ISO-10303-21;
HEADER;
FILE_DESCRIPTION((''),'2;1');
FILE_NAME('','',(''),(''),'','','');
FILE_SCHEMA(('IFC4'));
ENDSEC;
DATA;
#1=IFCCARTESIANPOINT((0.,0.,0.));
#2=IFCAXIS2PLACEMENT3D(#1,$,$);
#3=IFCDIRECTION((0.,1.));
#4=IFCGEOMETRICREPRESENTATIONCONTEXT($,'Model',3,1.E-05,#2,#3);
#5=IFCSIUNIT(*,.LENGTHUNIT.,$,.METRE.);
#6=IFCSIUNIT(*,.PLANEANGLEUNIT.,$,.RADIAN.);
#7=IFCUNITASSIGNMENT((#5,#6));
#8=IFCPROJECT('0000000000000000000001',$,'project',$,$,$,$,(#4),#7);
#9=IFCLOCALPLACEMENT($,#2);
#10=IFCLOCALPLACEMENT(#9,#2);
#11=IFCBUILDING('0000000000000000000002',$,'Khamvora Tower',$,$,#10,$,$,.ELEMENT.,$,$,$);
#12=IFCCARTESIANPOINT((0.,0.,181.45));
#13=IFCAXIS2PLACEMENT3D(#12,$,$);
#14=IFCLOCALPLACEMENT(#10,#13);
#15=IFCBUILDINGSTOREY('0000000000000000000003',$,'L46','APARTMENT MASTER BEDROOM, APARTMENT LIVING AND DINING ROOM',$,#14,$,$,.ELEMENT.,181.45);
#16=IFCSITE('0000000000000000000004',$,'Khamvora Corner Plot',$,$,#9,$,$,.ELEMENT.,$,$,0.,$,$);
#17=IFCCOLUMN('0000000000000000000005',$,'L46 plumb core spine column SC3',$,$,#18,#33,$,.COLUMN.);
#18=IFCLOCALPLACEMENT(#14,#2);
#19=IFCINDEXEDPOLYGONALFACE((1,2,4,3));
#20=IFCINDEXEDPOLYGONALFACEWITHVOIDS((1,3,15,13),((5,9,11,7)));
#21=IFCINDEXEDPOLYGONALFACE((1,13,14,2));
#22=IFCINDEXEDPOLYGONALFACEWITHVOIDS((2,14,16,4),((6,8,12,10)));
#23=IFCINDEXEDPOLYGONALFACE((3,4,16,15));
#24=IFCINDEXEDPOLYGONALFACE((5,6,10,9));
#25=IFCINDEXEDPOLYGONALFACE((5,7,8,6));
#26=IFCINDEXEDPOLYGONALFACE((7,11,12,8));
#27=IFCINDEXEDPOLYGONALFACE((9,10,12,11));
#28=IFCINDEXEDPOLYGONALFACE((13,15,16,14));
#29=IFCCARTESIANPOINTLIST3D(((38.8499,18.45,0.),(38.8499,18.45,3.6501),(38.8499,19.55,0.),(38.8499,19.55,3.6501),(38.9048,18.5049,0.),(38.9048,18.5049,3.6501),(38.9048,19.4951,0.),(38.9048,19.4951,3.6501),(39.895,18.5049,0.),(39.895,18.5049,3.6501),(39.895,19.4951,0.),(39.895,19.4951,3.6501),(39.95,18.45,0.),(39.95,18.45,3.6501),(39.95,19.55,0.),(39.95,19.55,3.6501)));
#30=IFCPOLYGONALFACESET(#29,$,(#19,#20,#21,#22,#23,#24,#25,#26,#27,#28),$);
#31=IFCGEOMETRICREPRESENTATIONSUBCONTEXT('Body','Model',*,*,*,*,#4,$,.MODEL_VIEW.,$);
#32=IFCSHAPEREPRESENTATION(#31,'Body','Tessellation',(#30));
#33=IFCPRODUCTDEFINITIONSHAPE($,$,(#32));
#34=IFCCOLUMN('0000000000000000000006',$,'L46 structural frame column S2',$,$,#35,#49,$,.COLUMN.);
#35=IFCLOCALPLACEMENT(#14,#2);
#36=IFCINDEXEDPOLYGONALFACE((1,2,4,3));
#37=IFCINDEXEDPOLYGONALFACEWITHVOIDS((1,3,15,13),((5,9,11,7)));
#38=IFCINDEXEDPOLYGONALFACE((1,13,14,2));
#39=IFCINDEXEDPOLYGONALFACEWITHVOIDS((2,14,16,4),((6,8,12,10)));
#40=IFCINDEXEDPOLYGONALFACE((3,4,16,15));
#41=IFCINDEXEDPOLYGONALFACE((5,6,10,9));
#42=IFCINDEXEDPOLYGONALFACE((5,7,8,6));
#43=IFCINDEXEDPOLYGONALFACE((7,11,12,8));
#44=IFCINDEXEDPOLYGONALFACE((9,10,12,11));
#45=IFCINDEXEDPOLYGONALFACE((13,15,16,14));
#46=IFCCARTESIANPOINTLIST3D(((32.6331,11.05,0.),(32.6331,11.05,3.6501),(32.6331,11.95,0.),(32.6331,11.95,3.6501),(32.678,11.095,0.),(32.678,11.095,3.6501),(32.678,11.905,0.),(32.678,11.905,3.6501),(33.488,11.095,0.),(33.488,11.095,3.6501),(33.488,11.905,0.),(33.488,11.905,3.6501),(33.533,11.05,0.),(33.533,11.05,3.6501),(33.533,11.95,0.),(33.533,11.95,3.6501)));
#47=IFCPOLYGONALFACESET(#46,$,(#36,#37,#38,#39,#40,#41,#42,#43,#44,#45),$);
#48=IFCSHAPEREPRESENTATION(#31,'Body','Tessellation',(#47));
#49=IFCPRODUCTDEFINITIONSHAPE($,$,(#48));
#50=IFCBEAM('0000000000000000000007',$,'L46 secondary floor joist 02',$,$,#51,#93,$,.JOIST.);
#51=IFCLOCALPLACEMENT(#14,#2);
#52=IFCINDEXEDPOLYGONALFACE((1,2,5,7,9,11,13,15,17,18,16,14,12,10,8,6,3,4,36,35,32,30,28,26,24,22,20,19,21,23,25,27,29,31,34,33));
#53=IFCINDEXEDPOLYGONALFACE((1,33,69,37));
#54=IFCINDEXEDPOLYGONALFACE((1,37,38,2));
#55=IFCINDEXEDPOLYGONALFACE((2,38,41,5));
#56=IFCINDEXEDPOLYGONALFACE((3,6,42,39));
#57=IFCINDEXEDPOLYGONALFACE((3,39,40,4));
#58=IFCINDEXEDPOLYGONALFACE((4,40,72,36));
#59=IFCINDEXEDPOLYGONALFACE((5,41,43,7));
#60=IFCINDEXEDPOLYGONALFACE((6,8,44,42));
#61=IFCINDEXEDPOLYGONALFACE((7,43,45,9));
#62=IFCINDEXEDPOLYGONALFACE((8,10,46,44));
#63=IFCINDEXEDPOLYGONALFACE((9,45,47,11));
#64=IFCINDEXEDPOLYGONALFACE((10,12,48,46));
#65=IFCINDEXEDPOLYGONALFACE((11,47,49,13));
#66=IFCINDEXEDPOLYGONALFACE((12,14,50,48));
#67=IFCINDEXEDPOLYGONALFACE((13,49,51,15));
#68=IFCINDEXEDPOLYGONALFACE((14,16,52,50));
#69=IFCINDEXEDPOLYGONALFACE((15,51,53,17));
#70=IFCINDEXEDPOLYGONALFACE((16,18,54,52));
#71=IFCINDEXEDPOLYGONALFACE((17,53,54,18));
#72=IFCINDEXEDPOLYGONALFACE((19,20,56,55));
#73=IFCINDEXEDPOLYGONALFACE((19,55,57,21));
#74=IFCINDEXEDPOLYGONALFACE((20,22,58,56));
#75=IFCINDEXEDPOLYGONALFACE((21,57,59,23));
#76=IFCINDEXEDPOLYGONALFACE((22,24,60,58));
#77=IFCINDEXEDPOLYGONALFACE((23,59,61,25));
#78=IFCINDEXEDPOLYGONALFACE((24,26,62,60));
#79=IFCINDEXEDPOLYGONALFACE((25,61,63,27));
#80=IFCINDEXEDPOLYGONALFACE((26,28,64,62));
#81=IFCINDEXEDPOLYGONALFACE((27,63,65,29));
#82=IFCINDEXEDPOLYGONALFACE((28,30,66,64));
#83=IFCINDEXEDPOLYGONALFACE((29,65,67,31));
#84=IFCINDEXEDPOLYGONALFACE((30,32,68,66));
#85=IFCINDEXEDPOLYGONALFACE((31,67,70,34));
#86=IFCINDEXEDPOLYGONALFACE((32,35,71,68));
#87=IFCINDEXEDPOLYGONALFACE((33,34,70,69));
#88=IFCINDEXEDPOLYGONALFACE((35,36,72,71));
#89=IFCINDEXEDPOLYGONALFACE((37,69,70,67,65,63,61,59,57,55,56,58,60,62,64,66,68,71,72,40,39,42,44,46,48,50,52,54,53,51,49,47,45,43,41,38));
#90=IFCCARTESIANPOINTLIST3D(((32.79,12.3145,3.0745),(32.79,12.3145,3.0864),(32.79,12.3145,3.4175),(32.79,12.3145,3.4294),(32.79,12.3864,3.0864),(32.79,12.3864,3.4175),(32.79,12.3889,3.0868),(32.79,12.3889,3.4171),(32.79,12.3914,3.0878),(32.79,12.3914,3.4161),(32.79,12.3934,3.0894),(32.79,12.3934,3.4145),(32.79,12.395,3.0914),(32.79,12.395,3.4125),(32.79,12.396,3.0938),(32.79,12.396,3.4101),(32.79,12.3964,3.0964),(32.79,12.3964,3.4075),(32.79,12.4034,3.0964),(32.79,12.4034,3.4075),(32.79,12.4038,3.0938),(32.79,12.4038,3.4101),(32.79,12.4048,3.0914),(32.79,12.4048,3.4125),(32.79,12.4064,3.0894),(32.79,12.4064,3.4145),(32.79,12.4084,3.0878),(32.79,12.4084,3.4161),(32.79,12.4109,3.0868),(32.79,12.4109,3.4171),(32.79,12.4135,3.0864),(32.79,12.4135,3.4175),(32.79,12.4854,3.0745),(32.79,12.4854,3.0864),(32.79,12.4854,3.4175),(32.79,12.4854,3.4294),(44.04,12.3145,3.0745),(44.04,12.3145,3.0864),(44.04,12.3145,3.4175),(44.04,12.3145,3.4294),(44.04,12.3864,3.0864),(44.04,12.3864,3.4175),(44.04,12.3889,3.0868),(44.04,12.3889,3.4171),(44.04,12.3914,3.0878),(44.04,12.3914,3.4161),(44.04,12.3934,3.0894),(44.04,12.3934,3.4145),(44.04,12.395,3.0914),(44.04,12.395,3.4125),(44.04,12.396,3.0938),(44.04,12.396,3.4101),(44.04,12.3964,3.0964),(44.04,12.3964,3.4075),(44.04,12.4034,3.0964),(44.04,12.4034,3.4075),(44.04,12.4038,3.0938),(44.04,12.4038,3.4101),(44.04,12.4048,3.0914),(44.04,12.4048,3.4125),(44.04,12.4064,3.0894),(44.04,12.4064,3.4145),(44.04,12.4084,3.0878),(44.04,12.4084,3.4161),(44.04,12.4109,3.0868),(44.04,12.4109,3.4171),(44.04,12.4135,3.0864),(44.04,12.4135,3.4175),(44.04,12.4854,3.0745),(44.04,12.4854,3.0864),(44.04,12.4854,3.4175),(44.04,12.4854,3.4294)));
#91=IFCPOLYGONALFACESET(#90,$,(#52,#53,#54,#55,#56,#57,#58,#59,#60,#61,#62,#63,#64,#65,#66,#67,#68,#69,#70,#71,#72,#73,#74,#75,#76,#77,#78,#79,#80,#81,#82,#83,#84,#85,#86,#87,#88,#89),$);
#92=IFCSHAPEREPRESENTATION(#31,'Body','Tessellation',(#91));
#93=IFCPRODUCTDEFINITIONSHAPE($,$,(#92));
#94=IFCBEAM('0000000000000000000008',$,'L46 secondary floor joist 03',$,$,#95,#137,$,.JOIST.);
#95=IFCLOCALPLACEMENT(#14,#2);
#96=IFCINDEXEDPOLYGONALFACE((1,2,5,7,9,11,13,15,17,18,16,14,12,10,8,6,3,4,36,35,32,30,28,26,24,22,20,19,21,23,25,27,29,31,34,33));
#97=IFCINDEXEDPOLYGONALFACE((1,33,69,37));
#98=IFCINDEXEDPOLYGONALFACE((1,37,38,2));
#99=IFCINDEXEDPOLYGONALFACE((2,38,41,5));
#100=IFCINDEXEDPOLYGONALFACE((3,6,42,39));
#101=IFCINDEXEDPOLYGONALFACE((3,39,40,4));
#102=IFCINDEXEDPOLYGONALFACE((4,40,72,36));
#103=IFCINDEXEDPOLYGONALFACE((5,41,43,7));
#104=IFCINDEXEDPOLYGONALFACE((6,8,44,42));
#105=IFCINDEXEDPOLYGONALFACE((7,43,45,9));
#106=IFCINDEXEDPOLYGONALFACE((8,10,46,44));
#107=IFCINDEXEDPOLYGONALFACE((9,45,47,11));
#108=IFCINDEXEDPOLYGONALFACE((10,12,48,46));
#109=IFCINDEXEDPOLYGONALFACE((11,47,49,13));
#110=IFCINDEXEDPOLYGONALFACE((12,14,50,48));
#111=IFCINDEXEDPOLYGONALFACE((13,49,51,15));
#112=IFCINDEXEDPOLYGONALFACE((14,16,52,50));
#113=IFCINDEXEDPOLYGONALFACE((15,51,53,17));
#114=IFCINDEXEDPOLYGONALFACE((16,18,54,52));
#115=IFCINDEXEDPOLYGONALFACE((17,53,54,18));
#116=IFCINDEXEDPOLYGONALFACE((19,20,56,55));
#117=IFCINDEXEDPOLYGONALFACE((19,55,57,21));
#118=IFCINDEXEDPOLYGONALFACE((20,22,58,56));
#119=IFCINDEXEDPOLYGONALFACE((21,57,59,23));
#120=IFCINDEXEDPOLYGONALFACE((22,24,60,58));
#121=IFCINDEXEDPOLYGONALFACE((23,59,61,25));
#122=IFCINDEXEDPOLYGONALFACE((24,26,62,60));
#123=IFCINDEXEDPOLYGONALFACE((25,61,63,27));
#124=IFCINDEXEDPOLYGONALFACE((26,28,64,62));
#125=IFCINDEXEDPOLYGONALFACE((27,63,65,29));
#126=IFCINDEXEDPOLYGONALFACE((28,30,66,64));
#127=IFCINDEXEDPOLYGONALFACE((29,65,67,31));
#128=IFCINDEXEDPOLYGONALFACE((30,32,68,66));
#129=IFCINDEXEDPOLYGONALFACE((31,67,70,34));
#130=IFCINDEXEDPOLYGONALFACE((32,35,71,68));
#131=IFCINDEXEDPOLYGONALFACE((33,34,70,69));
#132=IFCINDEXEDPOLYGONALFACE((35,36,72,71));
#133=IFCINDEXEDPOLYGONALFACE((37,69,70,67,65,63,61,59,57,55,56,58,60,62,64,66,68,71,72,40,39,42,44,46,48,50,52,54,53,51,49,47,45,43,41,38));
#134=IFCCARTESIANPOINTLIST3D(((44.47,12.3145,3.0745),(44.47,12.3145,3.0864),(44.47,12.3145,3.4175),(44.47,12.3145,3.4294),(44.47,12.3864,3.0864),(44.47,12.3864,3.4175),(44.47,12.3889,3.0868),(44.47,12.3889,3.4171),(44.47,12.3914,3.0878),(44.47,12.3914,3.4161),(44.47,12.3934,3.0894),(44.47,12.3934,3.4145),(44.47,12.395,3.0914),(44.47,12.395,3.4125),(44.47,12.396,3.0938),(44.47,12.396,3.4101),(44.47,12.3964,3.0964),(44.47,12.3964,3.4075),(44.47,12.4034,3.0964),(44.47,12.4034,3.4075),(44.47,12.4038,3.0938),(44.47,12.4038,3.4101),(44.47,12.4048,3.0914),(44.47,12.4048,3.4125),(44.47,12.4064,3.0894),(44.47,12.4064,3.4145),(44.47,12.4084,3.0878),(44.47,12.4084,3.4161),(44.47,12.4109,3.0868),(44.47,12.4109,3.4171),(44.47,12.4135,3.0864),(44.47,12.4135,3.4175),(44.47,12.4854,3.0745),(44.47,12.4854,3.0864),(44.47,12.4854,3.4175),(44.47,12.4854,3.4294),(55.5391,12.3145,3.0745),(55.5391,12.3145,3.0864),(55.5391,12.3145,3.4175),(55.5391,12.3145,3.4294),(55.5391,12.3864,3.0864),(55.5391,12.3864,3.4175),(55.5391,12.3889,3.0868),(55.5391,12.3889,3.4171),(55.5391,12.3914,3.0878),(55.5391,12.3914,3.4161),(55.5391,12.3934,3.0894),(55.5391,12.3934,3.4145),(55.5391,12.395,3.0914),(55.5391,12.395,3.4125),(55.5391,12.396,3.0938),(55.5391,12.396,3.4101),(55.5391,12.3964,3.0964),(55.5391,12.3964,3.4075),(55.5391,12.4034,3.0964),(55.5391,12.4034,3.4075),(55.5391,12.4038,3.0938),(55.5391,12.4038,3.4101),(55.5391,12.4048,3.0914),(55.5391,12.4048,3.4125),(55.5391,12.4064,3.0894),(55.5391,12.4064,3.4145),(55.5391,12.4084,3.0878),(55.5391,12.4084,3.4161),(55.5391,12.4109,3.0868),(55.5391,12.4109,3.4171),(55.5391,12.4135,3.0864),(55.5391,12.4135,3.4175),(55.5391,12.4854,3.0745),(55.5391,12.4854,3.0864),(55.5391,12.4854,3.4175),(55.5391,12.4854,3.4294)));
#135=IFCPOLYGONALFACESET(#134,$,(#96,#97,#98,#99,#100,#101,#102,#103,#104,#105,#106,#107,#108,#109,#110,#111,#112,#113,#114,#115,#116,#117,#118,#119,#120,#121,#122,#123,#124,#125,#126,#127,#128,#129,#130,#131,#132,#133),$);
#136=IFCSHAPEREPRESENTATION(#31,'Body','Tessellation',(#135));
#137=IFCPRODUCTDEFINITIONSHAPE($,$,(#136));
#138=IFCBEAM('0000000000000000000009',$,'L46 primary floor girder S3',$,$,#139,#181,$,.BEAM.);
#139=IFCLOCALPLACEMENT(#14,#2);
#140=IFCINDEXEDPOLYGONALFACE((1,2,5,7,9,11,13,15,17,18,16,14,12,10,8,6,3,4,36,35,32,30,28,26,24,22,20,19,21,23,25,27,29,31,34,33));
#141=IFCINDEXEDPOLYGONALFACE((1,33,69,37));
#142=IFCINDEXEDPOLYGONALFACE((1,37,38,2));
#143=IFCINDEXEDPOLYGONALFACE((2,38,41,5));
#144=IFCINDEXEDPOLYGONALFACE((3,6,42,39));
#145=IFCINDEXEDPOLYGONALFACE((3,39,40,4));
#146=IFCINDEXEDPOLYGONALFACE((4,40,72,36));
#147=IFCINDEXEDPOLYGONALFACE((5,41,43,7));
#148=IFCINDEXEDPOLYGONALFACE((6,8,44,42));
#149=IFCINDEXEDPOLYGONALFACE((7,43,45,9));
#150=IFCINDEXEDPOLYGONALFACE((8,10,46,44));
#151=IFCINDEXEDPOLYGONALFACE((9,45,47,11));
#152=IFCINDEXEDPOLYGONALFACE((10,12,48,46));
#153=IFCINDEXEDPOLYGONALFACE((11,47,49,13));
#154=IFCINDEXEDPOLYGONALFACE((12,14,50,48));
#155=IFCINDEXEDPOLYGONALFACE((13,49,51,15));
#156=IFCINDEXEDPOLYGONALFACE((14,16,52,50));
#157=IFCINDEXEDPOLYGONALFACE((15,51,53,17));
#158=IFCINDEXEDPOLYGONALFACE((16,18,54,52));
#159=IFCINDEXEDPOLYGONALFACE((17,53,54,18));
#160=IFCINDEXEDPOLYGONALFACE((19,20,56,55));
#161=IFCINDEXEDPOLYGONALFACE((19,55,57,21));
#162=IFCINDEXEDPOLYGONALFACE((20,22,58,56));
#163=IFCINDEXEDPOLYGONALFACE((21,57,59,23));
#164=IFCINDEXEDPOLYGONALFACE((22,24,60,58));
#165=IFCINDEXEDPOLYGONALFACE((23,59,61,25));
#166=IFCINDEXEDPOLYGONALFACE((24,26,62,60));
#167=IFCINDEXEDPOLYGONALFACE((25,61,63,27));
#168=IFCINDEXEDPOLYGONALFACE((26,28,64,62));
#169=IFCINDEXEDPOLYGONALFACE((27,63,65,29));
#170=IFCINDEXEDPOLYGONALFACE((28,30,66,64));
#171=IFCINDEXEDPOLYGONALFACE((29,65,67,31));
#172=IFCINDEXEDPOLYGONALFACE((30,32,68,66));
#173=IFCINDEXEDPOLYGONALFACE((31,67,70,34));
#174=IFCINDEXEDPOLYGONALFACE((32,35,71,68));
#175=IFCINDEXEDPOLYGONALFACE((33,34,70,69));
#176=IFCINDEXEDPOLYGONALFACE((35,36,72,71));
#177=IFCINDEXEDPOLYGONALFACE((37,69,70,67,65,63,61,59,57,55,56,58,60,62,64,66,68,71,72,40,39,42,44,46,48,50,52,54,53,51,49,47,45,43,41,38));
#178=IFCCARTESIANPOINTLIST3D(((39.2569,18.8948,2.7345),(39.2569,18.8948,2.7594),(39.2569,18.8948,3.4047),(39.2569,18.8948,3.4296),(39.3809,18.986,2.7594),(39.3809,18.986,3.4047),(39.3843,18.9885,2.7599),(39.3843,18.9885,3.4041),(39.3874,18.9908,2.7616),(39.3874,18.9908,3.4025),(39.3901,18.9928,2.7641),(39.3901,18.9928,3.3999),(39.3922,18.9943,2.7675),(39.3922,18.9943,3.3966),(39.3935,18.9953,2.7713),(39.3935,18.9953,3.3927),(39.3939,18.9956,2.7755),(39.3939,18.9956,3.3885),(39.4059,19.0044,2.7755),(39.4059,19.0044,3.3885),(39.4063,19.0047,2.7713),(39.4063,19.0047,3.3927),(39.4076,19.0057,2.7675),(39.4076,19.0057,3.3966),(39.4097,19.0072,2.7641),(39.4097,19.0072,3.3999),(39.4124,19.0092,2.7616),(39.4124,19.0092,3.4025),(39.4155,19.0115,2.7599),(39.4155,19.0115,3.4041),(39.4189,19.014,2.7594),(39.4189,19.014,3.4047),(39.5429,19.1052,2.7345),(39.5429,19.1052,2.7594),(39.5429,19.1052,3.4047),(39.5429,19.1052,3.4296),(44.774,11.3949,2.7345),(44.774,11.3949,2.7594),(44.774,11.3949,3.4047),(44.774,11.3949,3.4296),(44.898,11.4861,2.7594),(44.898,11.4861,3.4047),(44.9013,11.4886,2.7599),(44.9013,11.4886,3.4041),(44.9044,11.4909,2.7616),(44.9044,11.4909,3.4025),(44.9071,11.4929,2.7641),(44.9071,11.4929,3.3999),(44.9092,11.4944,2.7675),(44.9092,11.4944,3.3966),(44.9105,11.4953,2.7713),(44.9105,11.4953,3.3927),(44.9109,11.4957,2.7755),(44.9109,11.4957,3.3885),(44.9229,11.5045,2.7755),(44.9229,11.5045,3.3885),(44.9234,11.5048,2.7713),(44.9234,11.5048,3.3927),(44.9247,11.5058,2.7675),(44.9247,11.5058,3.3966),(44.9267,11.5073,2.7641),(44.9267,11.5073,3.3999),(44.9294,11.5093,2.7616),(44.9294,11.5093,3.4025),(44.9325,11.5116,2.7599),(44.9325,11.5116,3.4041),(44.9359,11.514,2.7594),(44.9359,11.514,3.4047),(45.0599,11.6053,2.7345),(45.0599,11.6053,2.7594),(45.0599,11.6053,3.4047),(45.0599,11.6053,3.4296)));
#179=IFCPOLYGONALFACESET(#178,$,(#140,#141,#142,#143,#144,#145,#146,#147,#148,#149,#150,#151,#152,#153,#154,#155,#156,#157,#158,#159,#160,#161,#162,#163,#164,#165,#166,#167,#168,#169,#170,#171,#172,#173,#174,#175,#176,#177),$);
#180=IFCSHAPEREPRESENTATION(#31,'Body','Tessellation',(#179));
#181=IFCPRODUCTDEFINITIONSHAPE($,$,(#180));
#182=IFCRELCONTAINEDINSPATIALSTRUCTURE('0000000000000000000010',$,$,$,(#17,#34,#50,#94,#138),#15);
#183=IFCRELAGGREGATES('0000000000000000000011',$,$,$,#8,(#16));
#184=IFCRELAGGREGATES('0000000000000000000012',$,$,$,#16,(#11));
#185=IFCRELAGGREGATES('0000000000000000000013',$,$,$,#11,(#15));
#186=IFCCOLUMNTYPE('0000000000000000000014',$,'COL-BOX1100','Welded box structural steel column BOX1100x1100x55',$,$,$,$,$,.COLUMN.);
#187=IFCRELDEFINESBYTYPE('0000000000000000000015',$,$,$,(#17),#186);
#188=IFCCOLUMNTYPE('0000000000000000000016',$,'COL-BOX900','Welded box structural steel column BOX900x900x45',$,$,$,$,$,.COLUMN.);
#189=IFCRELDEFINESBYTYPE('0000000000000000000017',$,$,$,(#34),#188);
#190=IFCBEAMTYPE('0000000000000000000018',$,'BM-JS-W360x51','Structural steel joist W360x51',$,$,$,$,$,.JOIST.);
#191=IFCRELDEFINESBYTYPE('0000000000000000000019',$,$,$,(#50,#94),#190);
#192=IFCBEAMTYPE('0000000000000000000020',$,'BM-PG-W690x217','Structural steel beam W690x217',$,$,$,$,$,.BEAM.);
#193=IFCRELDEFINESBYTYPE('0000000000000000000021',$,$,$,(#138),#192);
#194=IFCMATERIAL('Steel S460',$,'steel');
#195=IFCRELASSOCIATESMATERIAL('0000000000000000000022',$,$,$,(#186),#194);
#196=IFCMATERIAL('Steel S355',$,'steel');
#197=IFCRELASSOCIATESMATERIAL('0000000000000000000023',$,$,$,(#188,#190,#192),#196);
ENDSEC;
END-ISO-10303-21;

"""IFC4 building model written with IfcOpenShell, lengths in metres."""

from ifc_helpers import new_model, si_unit, direction, frame, origin, origin_2d, place, context, subcontext, project, spatial, hollow_rectangle, i_section, extrude, material, material_profile, profile_set, type_object, element, save


model = new_model("IFC4")

# Units and contexts
model_context = context("Model", 3, precision=1e-05, world=origin(), true_north=direction((0.0, 1.0)))
body_context = subcontext(model_context, "Body", "Model", "MODEL_VIEW")
ifc_project = project(units=[si_unit("LENGTHUNIT", "METRE"), si_unit("PLANEANGLEUNIT", "RADIAN")], contexts=[model_context])

# Site, building, storey
site_placement = place(None, origin())
site = spatial("IfcSite", under=ifc_project, at=site_placement, Name="Khamvora Corner Plot", CompositionType="ELEMENT", RefElevation=0.0)
building_placement = place(site_placement, origin())
building = spatial("IfcBuilding", under=site, at=building_placement, Name="Khamvora Tower", CompositionType="ELEMENT")
storey_placement = place(building_placement, frame((0.0, 0.0, 181.45)))
storey = spatial("IfcBuildingStorey", under=building, at=storey_placement, Name="L46", Description="APARTMENT MASTER BEDROOM, APARTMENT LIVING AND DINING ROOM", CompositionType="ELEMENT", Elevation=181.45)

# Columns
ifc_material_1 = material(Name="Steel S460", Category="steel")
ifc_material_profile_1 = material_profile(ifc_material_1, hollow_rectangle(XDim=1.1001, YDim=1.1001, WallThickness=0.0549, at=origin_2d()), Name="BOX1100x1100x55")
ifc_profile_set_1 = profile_set([ifc_material_profile_1], Name="Steel S460")
column_type_1 = type_object("IfcColumnType", Name="COL-BOX1100", Description="Welded box structural steel column BOX1100x1100x55", PredefinedType="COLUMN", material=ifc_profile_set_1)
column_1_placement = place(storey_placement, frame((39.3999, 19.0, 0.0), z_axis=(0.0, 0.0, 1.0), x_axis=(1.0, 0.0, 0.0)))
element("IfcColumn", 1, at=column_1_placement, inside=storey, type_object=column_type_1, Name="L46 plumb core spine column SC3", PredefinedType="COLUMN", context=body_context, shape_type="SweptSolid", body=[
    extrude(hollow_rectangle(XDim=1.1001, YDim=1.1001, WallThickness=0.0549, at=origin_2d()), origin(), (0.0, 0.0, 1.0), 3.6501),
])
ifc_material_2 = material(Name="Steel S355", Category="steel")
ifc_material_profile_2 = material_profile(ifc_material_2, hollow_rectangle(XDim=0.8999, YDim=0.8999, WallThickness=0.0449, at=origin_2d()), Name="BOX900x900x45")
ifc_profile_set_2 = profile_set([ifc_material_profile_2], Name="Steel S355")
column_type_2 = type_object("IfcColumnType", Name="COL-BOX900", Description="Welded box structural steel column BOX900x900x45", PredefinedType="COLUMN", material=ifc_profile_set_2)
column_2_placement = place(storey_placement, frame((33.083, 11.5, 0.0), z_axis=(0.0, 0.0, 1.0), x_axis=(1.0, 0.0, 0.0)))
element("IfcColumn", 2, at=column_2_placement, inside=storey, type_object=column_type_2, Name="L46 structural frame column S2", PredefinedType="COLUMN", context=body_context, shape_type="SweptSolid", body=[
    extrude(hollow_rectangle(XDim=0.8999, YDim=0.8999, WallThickness=0.0449, at=origin_2d()), origin(), (0.0, 0.0, 1.0), 3.6501),
])

# Beams
ifc_material_profile_3 = material_profile(ifc_material_2, i_section(OverallWidth=0.1709, OverallDepth=0.355, WebThickness=0.0071, FlangeThickness=0.012, FilletRadius=0.01, at=origin_2d()), Name="W360x51")
ifc_profile_set_3 = profile_set([ifc_material_profile_3], Name="Steel S355")
beam_type_1 = type_object("IfcBeamType", Name="BM-JS-W360x51", Description="Structural steel joist W360x51", PredefinedType="JOIST", material=ifc_profile_set_3)
beam_1_placement = place(storey_placement, frame((32.79, 12.3999, 3.252), z_axis=(1.0, 0.0, 0.0), x_axis=(0.0, 1.0, 0.0)))
element("IfcBeam", 3, at=beam_1_placement, inside=storey, type_object=beam_type_1, Name="L46 secondary floor joist 02", PredefinedType="JOIST", context=body_context, shape_type="SweptSolid", body=[
    extrude(i_section(OverallWidth=0.1709, OverallDepth=0.355, WebThickness=0.0071, FlangeThickness=0.012, FilletRadius=0.01, at=origin_2d()), origin(), (0.0, 0.0, 1.0), 11.25),
])
beam_2_placement = place(storey_placement, frame((44.47, 12.3999, 3.252), z_axis=(1.0, 0.0, 0.0), x_axis=(0.0, 1.0, 0.0)))
element("IfcBeam", 4, at=beam_2_placement, inside=storey, type_object=beam_type_1, Name="L46 secondary floor joist 03", PredefinedType="JOIST", context=body_context, shape_type="SweptSolid", body=[
    extrude(i_section(OverallWidth=0.1709, OverallDepth=0.355, WebThickness=0.0071, FlangeThickness=0.012, FilletRadius=0.01, at=origin_2d()), origin(), (0.0, 0.0, 1.0), 11.0691),
])
ifc_material_profile_4 = material_profile(ifc_material_2, i_section(OverallWidth=0.355, OverallDepth=0.6951, WebThickness=0.0149, FlangeThickness=0.0249, FilletRadius=0.0161, at=origin_2d()), Name="W690x217")
ifc_profile_set_4 = profile_set([ifc_material_profile_4], Name="Steel S355")
beam_type_2 = type_object("IfcBeamType", Name="BM-PG-W690x217", Description="Structural steel beam W690x217", PredefinedType="BEAM", material=ifc_profile_set_4)
beam_3_placement = place(storey_placement, frame((39.3999, 19.0, 3.082), z_axis=(0.592557, -0.805529, 0.0), x_axis=(0.805529, 0.592557, 0.0)))
element("IfcBeam", 5, at=beam_3_placement, inside=storey, type_object=beam_type_2, Name="L46 primary floor girder S3", PredefinedType="BEAM", context=body_context, shape_type="SweptSolid", body=[
    extrude(i_section(OverallWidth=0.355, OverallDepth=0.6951, WebThickness=0.0149, FlangeThickness=0.0249, FilletRadius=0.0161, at=origin_2d()), origin(), (0.0, 0.0, 1.0), 9.3105),
])

save(model, "model.ifc")
